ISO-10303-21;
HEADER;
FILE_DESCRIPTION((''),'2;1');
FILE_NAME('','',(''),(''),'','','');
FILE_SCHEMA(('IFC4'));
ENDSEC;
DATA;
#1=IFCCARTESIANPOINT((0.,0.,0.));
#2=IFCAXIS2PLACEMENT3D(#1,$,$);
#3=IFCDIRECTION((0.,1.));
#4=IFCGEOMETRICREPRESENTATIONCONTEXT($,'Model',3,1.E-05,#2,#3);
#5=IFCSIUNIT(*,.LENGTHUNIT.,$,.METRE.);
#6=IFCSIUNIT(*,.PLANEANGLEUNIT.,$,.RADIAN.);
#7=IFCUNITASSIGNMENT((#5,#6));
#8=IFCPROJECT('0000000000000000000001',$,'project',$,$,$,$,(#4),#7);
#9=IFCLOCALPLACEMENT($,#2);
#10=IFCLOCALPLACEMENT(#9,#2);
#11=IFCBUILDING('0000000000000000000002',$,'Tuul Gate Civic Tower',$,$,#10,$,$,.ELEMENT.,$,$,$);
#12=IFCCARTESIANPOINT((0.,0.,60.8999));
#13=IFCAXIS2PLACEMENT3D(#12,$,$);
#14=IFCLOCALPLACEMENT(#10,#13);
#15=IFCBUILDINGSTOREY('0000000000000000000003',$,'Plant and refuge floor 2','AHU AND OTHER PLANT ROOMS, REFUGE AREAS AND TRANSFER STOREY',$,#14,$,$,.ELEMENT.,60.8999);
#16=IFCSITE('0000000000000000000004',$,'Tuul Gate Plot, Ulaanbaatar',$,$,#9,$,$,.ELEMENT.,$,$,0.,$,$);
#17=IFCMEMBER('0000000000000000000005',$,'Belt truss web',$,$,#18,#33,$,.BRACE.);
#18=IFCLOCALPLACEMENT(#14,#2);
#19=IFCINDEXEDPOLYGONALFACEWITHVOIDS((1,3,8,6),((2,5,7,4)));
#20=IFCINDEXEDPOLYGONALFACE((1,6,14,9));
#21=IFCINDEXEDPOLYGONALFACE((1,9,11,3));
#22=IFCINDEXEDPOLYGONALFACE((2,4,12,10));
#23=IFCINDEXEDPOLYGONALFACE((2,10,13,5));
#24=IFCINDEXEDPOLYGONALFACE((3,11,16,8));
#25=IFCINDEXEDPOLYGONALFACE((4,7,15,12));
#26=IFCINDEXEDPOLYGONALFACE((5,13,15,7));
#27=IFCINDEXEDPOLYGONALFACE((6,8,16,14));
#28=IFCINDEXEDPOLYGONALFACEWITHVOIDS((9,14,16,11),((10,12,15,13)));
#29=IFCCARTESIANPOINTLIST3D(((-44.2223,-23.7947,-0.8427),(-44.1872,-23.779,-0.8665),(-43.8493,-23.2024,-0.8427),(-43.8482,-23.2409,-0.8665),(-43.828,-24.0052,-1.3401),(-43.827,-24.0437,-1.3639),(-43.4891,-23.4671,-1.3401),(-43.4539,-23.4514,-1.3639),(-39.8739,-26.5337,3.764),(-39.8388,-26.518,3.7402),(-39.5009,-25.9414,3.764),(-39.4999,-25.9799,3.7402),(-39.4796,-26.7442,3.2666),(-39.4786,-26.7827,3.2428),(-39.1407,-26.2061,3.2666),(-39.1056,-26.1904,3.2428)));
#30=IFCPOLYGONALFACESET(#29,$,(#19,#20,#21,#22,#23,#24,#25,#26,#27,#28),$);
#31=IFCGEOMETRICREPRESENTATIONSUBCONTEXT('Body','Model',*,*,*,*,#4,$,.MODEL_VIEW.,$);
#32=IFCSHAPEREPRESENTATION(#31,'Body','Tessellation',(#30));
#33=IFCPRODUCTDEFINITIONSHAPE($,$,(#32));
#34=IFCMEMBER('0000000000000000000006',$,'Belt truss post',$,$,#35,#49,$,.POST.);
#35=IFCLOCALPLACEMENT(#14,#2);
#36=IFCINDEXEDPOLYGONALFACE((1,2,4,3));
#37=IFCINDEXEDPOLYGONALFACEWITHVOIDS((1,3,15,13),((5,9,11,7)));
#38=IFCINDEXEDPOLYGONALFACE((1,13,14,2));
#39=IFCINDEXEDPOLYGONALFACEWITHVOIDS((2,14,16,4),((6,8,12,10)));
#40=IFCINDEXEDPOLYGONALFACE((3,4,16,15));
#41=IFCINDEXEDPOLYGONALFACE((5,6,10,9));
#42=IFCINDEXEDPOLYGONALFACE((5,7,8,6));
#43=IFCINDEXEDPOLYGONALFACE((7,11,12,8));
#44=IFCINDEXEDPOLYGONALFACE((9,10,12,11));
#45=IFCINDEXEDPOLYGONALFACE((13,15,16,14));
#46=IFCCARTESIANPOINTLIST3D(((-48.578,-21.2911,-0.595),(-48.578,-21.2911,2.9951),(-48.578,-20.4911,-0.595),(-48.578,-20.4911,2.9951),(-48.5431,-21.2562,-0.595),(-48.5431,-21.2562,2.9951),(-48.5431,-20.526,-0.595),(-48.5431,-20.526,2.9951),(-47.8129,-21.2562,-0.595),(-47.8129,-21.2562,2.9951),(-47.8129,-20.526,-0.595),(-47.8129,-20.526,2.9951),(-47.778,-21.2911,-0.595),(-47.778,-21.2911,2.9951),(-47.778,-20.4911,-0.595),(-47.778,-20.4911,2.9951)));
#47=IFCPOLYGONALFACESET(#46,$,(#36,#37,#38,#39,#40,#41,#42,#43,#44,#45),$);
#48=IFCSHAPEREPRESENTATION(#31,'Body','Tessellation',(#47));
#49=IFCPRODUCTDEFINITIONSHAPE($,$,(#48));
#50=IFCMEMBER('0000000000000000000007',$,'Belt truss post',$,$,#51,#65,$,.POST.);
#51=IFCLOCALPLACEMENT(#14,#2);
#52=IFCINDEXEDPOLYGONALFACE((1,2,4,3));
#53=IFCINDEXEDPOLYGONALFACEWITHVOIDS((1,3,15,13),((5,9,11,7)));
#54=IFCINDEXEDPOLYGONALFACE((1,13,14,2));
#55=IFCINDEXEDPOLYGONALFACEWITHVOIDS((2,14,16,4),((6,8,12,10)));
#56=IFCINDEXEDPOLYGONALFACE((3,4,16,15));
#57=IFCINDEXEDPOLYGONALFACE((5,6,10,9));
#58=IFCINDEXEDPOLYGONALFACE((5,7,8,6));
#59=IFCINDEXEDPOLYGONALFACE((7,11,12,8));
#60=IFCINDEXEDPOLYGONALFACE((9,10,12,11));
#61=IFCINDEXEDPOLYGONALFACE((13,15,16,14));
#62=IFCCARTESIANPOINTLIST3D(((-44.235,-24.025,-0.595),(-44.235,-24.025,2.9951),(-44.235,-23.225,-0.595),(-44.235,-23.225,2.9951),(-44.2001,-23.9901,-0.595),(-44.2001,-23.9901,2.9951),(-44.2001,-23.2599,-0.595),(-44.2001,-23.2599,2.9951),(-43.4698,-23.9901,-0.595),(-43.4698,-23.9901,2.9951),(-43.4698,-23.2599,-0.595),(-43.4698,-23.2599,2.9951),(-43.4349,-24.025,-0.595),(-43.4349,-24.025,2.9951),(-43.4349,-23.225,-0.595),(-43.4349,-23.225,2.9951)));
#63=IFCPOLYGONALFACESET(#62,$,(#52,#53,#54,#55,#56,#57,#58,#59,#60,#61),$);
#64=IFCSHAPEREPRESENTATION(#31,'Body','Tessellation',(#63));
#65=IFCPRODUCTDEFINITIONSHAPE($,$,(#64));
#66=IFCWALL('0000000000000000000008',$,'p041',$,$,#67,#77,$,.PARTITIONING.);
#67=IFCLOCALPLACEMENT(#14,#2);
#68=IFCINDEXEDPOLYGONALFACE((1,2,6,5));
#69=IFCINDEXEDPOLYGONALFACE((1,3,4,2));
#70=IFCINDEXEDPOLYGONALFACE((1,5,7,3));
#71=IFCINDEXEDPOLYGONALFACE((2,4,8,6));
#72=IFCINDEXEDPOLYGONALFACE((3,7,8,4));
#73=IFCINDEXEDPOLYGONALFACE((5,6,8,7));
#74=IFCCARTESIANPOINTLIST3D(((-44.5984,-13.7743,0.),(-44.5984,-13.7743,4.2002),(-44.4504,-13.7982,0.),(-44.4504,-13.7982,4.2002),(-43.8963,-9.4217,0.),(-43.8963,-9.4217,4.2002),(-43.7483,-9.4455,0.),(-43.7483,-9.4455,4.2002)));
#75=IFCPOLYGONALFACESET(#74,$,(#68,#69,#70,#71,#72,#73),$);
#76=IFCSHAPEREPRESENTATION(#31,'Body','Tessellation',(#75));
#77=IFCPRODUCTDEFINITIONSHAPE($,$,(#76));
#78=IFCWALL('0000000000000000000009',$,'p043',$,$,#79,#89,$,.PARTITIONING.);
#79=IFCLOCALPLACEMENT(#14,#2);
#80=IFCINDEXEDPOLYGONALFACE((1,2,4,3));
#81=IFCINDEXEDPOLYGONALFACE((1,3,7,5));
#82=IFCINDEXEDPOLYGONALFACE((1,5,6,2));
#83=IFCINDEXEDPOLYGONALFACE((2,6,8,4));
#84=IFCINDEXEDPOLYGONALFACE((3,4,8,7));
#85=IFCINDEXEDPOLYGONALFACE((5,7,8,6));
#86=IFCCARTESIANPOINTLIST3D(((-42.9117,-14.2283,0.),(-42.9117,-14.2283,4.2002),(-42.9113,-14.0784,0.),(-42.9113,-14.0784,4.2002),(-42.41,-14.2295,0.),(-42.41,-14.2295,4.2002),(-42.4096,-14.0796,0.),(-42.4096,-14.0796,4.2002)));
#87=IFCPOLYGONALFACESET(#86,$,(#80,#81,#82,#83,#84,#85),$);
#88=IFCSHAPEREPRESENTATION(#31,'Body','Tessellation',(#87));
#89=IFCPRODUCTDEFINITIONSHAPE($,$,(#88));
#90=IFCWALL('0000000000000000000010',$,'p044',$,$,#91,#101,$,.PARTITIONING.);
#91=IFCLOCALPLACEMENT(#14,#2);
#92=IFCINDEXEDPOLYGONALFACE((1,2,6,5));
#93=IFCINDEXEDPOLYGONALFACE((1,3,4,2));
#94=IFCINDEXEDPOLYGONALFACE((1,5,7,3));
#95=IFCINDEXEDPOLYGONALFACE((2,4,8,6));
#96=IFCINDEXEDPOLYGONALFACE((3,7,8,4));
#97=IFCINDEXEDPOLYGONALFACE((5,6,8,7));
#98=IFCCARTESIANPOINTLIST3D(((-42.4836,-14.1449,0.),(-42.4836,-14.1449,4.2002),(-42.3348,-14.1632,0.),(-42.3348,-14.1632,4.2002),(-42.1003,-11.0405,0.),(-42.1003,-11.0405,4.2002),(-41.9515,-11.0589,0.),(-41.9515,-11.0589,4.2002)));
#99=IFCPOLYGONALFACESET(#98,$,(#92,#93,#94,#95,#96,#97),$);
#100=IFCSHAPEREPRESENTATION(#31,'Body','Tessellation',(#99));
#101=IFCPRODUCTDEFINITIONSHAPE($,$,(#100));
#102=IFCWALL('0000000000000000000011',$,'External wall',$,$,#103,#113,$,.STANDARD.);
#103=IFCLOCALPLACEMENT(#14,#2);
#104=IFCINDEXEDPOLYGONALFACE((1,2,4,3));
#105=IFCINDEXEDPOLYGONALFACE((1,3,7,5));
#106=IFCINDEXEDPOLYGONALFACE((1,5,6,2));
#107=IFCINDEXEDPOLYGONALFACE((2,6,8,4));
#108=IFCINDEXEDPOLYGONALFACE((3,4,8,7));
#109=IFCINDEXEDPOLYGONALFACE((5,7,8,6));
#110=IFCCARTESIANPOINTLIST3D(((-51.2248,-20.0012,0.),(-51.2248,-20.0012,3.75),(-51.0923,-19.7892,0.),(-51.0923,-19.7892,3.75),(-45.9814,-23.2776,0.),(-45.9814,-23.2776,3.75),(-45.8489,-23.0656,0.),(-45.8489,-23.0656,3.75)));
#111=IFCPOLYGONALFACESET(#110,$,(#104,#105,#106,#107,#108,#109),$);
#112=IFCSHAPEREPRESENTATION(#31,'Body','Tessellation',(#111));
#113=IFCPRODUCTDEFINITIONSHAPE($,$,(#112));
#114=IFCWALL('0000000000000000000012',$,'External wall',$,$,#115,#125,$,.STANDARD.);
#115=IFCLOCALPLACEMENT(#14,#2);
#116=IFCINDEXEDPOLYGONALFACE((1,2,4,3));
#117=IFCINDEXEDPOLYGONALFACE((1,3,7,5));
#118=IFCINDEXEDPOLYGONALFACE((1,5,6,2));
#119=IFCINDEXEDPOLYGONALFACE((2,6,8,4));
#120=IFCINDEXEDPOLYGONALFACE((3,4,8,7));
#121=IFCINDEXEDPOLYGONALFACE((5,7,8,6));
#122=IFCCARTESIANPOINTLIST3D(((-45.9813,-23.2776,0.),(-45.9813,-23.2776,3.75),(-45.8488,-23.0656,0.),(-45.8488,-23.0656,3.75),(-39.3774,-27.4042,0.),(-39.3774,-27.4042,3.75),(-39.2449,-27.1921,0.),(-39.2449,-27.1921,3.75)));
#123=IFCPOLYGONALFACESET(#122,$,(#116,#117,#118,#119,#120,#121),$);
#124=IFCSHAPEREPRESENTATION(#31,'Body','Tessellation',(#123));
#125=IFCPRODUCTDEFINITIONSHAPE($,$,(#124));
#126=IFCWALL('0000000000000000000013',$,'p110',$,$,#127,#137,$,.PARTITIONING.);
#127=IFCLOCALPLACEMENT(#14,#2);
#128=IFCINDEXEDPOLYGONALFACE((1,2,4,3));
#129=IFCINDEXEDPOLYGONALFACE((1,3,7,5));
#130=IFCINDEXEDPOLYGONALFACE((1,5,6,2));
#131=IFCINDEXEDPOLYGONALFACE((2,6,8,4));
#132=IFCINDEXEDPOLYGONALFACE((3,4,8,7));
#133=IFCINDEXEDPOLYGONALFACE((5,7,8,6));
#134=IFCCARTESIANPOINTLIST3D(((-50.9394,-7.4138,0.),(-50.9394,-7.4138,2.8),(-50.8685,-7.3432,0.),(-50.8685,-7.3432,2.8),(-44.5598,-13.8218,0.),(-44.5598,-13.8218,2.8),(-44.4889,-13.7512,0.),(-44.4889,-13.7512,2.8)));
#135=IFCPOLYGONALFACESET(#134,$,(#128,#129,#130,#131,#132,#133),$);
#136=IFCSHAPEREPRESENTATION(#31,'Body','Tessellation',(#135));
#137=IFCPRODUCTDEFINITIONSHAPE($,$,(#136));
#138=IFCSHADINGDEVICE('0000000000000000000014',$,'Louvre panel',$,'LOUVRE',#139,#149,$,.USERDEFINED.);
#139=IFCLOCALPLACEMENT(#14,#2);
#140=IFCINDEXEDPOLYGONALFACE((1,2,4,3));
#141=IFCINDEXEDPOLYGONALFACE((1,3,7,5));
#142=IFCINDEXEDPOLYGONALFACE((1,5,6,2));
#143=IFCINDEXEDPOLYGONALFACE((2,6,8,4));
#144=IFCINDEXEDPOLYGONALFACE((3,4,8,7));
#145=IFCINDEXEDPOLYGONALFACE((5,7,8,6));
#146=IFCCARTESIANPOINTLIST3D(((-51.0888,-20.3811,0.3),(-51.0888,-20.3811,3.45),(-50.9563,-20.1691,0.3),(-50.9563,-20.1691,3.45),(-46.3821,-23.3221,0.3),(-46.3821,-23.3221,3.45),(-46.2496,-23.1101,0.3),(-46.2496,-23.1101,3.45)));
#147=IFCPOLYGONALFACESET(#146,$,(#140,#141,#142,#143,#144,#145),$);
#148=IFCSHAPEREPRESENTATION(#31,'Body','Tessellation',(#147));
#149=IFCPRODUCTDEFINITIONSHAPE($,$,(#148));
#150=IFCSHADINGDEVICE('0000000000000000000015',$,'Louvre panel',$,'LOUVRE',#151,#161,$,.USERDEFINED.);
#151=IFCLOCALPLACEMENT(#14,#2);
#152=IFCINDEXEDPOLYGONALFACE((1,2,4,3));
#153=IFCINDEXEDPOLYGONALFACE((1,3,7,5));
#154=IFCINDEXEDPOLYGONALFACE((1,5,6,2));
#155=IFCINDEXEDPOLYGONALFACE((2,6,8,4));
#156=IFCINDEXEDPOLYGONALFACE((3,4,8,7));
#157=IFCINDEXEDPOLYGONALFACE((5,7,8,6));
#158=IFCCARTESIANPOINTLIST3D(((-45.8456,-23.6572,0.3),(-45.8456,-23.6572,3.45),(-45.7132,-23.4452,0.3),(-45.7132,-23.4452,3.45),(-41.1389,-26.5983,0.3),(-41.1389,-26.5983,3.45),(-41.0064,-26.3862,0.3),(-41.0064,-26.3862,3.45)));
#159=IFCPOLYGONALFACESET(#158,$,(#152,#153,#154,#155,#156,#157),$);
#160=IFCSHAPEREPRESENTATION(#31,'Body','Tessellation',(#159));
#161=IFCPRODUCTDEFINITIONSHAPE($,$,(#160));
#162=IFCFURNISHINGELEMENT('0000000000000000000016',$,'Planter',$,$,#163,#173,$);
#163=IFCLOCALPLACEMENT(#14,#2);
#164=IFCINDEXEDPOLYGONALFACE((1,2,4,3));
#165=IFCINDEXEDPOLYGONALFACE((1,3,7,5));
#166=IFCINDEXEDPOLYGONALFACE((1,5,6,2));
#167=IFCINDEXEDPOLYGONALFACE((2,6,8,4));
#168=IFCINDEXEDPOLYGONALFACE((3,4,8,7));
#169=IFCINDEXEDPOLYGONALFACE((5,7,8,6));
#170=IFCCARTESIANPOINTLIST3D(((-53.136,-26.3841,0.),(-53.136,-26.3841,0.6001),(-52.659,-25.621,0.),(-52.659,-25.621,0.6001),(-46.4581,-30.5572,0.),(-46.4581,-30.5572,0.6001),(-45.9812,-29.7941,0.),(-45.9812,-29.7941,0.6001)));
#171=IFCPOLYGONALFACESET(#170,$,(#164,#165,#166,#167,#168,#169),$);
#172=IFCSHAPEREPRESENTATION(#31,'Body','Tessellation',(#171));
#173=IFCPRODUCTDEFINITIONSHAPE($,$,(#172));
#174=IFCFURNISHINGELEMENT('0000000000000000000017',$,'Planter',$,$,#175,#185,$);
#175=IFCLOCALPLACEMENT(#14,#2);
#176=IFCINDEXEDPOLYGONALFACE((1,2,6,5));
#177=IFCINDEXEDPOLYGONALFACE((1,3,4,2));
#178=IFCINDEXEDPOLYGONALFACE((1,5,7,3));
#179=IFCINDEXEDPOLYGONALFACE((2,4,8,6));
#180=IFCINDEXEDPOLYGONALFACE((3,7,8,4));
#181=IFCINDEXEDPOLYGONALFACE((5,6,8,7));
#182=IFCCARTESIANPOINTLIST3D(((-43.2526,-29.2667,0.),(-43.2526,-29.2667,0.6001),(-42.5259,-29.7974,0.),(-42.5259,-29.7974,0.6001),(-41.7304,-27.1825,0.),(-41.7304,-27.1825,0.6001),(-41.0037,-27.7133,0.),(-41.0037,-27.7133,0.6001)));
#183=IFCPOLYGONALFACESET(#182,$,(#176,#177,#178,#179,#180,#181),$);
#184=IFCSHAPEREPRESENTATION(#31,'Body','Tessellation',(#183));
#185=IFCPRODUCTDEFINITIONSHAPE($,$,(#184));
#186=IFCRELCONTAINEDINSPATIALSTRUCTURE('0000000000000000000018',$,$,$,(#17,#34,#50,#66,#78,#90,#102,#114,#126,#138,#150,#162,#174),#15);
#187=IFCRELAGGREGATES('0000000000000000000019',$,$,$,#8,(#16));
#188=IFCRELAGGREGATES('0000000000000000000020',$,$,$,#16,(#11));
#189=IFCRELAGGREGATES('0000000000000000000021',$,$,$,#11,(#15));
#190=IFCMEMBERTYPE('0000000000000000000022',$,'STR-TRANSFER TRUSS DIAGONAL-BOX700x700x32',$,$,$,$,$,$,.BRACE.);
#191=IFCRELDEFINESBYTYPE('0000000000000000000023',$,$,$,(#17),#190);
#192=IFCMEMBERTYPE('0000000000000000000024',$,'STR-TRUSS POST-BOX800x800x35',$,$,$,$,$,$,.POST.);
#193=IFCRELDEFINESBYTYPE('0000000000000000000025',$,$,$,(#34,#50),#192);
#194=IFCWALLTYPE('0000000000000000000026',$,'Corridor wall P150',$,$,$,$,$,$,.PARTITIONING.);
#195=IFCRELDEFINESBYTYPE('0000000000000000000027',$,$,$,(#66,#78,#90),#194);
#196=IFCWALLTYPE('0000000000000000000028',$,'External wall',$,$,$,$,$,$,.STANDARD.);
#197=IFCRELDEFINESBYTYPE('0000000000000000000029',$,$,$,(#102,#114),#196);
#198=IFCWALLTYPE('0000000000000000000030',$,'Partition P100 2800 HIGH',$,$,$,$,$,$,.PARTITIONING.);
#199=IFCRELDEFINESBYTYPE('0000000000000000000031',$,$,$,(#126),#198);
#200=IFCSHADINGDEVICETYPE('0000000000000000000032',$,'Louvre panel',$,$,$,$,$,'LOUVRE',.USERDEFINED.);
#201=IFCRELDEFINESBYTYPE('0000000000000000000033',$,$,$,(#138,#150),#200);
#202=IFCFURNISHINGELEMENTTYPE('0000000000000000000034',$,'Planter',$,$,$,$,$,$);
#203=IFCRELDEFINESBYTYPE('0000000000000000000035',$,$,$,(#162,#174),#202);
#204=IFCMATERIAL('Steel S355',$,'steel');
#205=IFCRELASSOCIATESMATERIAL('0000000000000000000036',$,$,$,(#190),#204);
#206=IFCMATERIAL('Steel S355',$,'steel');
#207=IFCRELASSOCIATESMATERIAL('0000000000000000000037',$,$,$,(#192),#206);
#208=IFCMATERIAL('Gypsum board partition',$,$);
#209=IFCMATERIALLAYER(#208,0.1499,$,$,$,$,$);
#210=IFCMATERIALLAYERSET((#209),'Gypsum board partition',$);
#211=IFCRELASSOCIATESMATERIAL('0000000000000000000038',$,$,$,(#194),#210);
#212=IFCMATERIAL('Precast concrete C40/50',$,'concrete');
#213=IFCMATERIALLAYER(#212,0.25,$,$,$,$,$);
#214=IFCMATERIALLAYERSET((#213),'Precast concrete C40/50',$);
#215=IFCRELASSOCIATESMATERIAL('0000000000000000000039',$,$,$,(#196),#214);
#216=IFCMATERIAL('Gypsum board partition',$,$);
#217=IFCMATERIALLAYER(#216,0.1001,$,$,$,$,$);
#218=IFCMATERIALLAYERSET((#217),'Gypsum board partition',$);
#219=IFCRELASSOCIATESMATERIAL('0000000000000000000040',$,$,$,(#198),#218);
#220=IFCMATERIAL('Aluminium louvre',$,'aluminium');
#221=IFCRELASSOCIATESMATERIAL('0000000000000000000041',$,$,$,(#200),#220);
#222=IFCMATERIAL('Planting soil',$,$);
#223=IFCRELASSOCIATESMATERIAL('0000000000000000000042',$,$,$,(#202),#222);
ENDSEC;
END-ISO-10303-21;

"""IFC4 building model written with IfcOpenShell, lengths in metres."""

from ifc_helpers import new_model, si_unit, direction, frame, frame_2d, origin, origin_2d, place, context, subcontext, project, spatial, rectangle, hollow_rectangle, extrude, material, layer, layer_set, material_profile, profile_set, type_object, element, save


model = new_model("IFC4")

# Units and contexts
model_context = context("Model", 3, precision=1e-05, world=origin(), true_north=direction((0.0, 1.0)))
body_context = subcontext(model_context, "Body", "Model", "MODEL_VIEW")
ifc_project = project(units=[si_unit("LENGTHUNIT", "METRE"), si_unit("PLANEANGLEUNIT", "RADIAN")], contexts=[model_context])

# Site, building, storey
site_placement = place(None, origin())
site = spatial("IfcSite", under=ifc_project, at=site_placement, Name="Tuul Gate Plot, Ulaanbaatar", CompositionType="ELEMENT", RefElevation=0.0)
building_placement = place(site_placement, origin())
building = spatial("IfcBuilding", under=site, at=building_placement, Name="Tuul Gate Civic Tower", CompositionType="ELEMENT")
storey_placement = place(building_placement, frame((0.0, 0.0, 60.8999)))
storey = spatial("IfcBuildingStorey", under=building, at=storey_placement, Name="Plant and refuge floor 2", Description="AHU AND OTHER PLANT ROOMS, REFUGE AREAS AND TRANSFER STOREY", CompositionType="ELEMENT", Elevation=60.8999)

# Members
ifc_material_1 = material(Name="Steel S355", Category="steel")
ifc_material_profile_1 = material_profile(ifc_material_1, hollow_rectangle(XDim=0.7, YDim=0.7, WallThickness=0.032, at=origin_2d()), Name="BOX700x700x32")
ifc_profile_set_1 = profile_set([ifc_material_profile_1], Name="Steel S355")
member_type_1 = type_object("IfcMemberType", Name="STR-TRANSFER TRUSS DIAGONAL-BOX700x700x32", PredefinedType="BRACE", material=ifc_profile_set_1)
for number, where, z_axis, x_axis, name in (
    (1, (-43.8381, -23.623, -1.1033), (0.630054, -0.396866, 0.66748), (0.532972, 0.846133, 0.0), "Belt truss web"),
):
    element("IfcMember", number, at=place(storey_placement, frame(where, z_axis=z_axis, x_axis=x_axis)), inside=storey, type_object=member_type_1, Name=name, PredefinedType="BRACE", context=body_context, shape_type="SweptSolid", body=[
        extrude(hollow_rectangle(XDim=0.7, YDim=0.7, WallThickness=0.032, at=origin_2d()), origin(), (0.0, 0.0, 1.0), 6.9016),
    ])
ifc_material_2 = material(Name="Steel S355", Category="steel")
ifc_material_profile_2 = material_profile(ifc_material_2, hollow_rectangle(XDim=0.8, YDim=0.8, WallThickness=0.0349, at=origin_2d()), Name="BOX800x800x35")
ifc_profile_set_2 = profile_set([ifc_material_profile_2], Name="Steel S355")
member_type_2 = type_object("IfcMemberType", Name="STR-TRUSS POST-BOX800x800x35", PredefinedType="POST", material=ifc_profile_set_2)
for number, where, z_axis, x_axis, name in (
    (2, (-48.178, -20.8911, -0.595), (0.0, 0.0, 1.0), (1.0, 0.0, 0.0), "Belt truss post"),
    (3, (-43.835, -23.625, -0.595), (0.0, 0.0, 1.0), (1.0, 0.0, 0.0), "Belt truss post"),
):
    element("IfcMember", number, at=place(storey_placement, frame(where, z_axis=z_axis, x_axis=x_axis)), inside=storey, type_object=member_type_2, Name=name, PredefinedType="POST", context=body_context, shape_type="SweptSolid", body=[
        extrude(hollow_rectangle(XDim=0.8, YDim=0.8, WallThickness=0.0349, at=origin_2d()), origin(), (0.0, 0.0, 1.0), 3.5901),
    ])

# Walls
ifc_material_3 = material(Name="Gypsum board partition")
ifc_layer_1 = layer(ifc_material_3, 0.1499)
ifc_layer_set_1 = layer_set([ifc_layer_1], Name="Gypsum board partition")
wall_type_1 = type_object("IfcWallType", Name="Corridor wall P150", PredefinedType="PARTITIONING", material=ifc_layer_set_1)
wall_1_placement = place(storey_placement, frame((-44.5244, -13.7864, 0.0), z_axis=(0.0, 0.0, 1.0), x_axis=(0.159252, 0.987238, 0.0)))
element("IfcWall", 4, at=wall_1_placement, inside=storey, type_object=wall_type_1, Name="p041", PredefinedType="PARTITIONING", context=body_context, shape_type="SweptSolid", body=[
    extrude(rectangle(XDim=4.4089, YDim=0.1499, at=frame_2d((2.2046, 0.0))), origin(), (0.0, 0.0, 1.0), 4.2002),
])
wall_2_placement = place(storey_placement, frame((-42.9116, -14.1533, 0.0), z_axis=(0.0, 0.0, 1.0), x_axis=(0.999997, -0.002433, 0.0)))
element("IfcWall", 5, at=wall_2_placement, inside=storey, type_object=wall_type_1, Name="p043", PredefinedType="PARTITIONING", context=body_context, shape_type="SweptSolid", body=[
    extrude(rectangle(XDim=0.5017, YDim=0.1499, at=frame_2d((0.251, 0.0))), origin(), (0.0, 0.0, 1.0), 4.2002),
])
wall_3_placement = place(storey_placement, frame((-42.4092, -14.1541, 0.0), z_axis=(0.0, 0.0, 1.0), x_axis=(0.122546, 0.992463, 0.0)))
element("IfcWall", 6, at=wall_3_placement, inside=storey, type_object=wall_type_1, Name="p044", PredefinedType="PARTITIONING", context=body_context, shape_type="SweptSolid", body=[
    extrude(rectangle(XDim=3.1279, YDim=0.1499, at=frame_2d((1.564, 0.0))), origin(), (0.0, 0.0, 1.0), 4.2002),
])
ifc_material_4 = material(Name="Precast concrete C40/50", Category="concrete")
ifc_layer_2 = layer(ifc_material_4, 0.25)
ifc_layer_set_2 = layer_set([ifc_layer_2], Name="Precast concrete C40/50")
wall_type_2 = type_object("IfcWallType", Name="External wall", PredefinedType="STANDARD", material=ifc_layer_set_2)
wall_4_placement = place(storey_placement, frame((-51.1584, -19.8953, 0.0), z_axis=(0.0, 0.0, 1.0), x_axis=(0.848054, -0.52991, 0.0)))
element("IfcWall", 7, at=wall_4_placement, inside=storey, type_object=wall_type_2, Name="External wall", PredefinedType="STANDARD", context=body_context, shape_type="SweptSolid", body=[
    extrude(rectangle(XDim=6.1829, YDim=0.25, at=frame_2d((3.0913, 0.0))), origin(), (0.0, 0.0, 1.0), 3.75),
])
wall_5_placement = place(storey_placement, frame((-45.915, -23.1716, 0.0), z_axis=(0.0, 0.0, 1.0), x_axis=(0.848049, -0.529917, 0.0)))
element("IfcWall", 8, at=wall_5_placement, inside=storey, type_object=wall_type_2, Name="External wall", PredefinedType="STANDARD", context=body_context, shape_type="SweptSolid", body=[
    extrude(rectangle(XDim=7.7871, YDim=0.25, at=frame_2d((3.8936, 0.0))), origin(), (0.0, 0.0, 1.0), 3.75),
])
ifc_material_5 = material(Name="Gypsum board partition")
ifc_layer_3 = layer(ifc_material_5, 0.1001)
ifc_layer_set_3 = layer_set([ifc_layer_3], Name="Gypsum board partition")
wall_type_3 = type_object("IfcWallType", Name="Partition P100 2800 HIGH", PredefinedType="PARTITIONING", material=ifc_layer_set_3)
wall_6_placement = place(storey_placement, frame((-44.5244, -13.7864, 0.0), z_axis=(0.0, 0.0, 1.0), x_axis=(-0.705539, 0.708671, 0.0)))
element("IfcWall", 9, at=wall_6_placement, inside=storey, type_object=wall_type_3, Name="p110", PredefinedType="PARTITIONING", context=body_context, shape_type="SweptSolid", body=[
    extrude(rectangle(XDim=9.0422, YDim=0.1001, at=frame_2d((4.521, 0.0))), origin(), (0.0, 0.0, 1.0), 2.8),
])

# Shading devices
ifc_material_6 = material(Name="Aluminium louvre", Category="aluminium")
shading_device_type = type_object("IfcShadingDeviceType", Name="Louvre panel", ElementType="LOUVRE", PredefinedType="USERDEFINED", material=ifc_material_6)
for number, where, z_axis, x_axis, name in (
    (10, (-48.6692, -21.7456, 0.3), (0.0, 0.0, 1.0), (-0.529912, -0.848053, 0.0), "Louvre panel"),
    (11, (-43.426, -25.0217, 0.3), (0.0, 0.0, 1.0), (-0.529912, -0.848053, 0.0), "Louvre panel"),
):
    element("IfcShadingDevice", number, at=place(storey_placement, frame(where, z_axis=z_axis, x_axis=x_axis)), inside=storey, type_object=shading_device_type, Name=name, ObjectType="LOUVRE", PredefinedType="USERDEFINED", context=body_context, shape_type="SweptSolid", body=[
        extrude(rectangle(XDim=0.25, YDim=5.55, at=origin_2d()), origin(), (0.0, 0.0, 1.0), 3.1499),
    ])

# Furnishing elements
ifc_material_7 = material(Name="Planting soil")
furnishing_element_type = type_object("IfcFurnishingElementType", Name="Planter", material=ifc_material_7)
furnishing_1_placement = place(storey_placement, frame((-49.5586, -28.0891, 0.0), z_axis=(0.0, 0.0, 1.0), x_axis=(0.848029, -0.52995, 0.0)))
element("IfcFurnishingElement", 12, at=furnishing_1_placement, inside=storey, type_object=furnishing_element_type, Name="Planter", context=body_context, shape_type="SweptSolid", body=[
    extrude(rectangle(XDim=7.8745, YDim=0.8999, at=origin_2d()), origin(), (0.0, 0.0, 1.0), 0.6001),
])
furnishing_2_placement = place(storey_placement, frame((-42.1282, -28.49, 0.0), z_axis=(0.0, 0.0, 1.0), x_axis=(0.589803, 0.807547, 0.0)))
element("IfcFurnishingElement", 13, at=furnishing_2_placement, inside=storey, type_object=furnishing_element_type, Name="Planter", context=body_context, shape_type="SweptSolid", body=[
    extrude(rectangle(XDim=2.5808, YDim=0.8999, at=origin_2d()), origin(), (0.0, 0.0, 1.0), 0.6001),
])

save(model, "model.ifc")
